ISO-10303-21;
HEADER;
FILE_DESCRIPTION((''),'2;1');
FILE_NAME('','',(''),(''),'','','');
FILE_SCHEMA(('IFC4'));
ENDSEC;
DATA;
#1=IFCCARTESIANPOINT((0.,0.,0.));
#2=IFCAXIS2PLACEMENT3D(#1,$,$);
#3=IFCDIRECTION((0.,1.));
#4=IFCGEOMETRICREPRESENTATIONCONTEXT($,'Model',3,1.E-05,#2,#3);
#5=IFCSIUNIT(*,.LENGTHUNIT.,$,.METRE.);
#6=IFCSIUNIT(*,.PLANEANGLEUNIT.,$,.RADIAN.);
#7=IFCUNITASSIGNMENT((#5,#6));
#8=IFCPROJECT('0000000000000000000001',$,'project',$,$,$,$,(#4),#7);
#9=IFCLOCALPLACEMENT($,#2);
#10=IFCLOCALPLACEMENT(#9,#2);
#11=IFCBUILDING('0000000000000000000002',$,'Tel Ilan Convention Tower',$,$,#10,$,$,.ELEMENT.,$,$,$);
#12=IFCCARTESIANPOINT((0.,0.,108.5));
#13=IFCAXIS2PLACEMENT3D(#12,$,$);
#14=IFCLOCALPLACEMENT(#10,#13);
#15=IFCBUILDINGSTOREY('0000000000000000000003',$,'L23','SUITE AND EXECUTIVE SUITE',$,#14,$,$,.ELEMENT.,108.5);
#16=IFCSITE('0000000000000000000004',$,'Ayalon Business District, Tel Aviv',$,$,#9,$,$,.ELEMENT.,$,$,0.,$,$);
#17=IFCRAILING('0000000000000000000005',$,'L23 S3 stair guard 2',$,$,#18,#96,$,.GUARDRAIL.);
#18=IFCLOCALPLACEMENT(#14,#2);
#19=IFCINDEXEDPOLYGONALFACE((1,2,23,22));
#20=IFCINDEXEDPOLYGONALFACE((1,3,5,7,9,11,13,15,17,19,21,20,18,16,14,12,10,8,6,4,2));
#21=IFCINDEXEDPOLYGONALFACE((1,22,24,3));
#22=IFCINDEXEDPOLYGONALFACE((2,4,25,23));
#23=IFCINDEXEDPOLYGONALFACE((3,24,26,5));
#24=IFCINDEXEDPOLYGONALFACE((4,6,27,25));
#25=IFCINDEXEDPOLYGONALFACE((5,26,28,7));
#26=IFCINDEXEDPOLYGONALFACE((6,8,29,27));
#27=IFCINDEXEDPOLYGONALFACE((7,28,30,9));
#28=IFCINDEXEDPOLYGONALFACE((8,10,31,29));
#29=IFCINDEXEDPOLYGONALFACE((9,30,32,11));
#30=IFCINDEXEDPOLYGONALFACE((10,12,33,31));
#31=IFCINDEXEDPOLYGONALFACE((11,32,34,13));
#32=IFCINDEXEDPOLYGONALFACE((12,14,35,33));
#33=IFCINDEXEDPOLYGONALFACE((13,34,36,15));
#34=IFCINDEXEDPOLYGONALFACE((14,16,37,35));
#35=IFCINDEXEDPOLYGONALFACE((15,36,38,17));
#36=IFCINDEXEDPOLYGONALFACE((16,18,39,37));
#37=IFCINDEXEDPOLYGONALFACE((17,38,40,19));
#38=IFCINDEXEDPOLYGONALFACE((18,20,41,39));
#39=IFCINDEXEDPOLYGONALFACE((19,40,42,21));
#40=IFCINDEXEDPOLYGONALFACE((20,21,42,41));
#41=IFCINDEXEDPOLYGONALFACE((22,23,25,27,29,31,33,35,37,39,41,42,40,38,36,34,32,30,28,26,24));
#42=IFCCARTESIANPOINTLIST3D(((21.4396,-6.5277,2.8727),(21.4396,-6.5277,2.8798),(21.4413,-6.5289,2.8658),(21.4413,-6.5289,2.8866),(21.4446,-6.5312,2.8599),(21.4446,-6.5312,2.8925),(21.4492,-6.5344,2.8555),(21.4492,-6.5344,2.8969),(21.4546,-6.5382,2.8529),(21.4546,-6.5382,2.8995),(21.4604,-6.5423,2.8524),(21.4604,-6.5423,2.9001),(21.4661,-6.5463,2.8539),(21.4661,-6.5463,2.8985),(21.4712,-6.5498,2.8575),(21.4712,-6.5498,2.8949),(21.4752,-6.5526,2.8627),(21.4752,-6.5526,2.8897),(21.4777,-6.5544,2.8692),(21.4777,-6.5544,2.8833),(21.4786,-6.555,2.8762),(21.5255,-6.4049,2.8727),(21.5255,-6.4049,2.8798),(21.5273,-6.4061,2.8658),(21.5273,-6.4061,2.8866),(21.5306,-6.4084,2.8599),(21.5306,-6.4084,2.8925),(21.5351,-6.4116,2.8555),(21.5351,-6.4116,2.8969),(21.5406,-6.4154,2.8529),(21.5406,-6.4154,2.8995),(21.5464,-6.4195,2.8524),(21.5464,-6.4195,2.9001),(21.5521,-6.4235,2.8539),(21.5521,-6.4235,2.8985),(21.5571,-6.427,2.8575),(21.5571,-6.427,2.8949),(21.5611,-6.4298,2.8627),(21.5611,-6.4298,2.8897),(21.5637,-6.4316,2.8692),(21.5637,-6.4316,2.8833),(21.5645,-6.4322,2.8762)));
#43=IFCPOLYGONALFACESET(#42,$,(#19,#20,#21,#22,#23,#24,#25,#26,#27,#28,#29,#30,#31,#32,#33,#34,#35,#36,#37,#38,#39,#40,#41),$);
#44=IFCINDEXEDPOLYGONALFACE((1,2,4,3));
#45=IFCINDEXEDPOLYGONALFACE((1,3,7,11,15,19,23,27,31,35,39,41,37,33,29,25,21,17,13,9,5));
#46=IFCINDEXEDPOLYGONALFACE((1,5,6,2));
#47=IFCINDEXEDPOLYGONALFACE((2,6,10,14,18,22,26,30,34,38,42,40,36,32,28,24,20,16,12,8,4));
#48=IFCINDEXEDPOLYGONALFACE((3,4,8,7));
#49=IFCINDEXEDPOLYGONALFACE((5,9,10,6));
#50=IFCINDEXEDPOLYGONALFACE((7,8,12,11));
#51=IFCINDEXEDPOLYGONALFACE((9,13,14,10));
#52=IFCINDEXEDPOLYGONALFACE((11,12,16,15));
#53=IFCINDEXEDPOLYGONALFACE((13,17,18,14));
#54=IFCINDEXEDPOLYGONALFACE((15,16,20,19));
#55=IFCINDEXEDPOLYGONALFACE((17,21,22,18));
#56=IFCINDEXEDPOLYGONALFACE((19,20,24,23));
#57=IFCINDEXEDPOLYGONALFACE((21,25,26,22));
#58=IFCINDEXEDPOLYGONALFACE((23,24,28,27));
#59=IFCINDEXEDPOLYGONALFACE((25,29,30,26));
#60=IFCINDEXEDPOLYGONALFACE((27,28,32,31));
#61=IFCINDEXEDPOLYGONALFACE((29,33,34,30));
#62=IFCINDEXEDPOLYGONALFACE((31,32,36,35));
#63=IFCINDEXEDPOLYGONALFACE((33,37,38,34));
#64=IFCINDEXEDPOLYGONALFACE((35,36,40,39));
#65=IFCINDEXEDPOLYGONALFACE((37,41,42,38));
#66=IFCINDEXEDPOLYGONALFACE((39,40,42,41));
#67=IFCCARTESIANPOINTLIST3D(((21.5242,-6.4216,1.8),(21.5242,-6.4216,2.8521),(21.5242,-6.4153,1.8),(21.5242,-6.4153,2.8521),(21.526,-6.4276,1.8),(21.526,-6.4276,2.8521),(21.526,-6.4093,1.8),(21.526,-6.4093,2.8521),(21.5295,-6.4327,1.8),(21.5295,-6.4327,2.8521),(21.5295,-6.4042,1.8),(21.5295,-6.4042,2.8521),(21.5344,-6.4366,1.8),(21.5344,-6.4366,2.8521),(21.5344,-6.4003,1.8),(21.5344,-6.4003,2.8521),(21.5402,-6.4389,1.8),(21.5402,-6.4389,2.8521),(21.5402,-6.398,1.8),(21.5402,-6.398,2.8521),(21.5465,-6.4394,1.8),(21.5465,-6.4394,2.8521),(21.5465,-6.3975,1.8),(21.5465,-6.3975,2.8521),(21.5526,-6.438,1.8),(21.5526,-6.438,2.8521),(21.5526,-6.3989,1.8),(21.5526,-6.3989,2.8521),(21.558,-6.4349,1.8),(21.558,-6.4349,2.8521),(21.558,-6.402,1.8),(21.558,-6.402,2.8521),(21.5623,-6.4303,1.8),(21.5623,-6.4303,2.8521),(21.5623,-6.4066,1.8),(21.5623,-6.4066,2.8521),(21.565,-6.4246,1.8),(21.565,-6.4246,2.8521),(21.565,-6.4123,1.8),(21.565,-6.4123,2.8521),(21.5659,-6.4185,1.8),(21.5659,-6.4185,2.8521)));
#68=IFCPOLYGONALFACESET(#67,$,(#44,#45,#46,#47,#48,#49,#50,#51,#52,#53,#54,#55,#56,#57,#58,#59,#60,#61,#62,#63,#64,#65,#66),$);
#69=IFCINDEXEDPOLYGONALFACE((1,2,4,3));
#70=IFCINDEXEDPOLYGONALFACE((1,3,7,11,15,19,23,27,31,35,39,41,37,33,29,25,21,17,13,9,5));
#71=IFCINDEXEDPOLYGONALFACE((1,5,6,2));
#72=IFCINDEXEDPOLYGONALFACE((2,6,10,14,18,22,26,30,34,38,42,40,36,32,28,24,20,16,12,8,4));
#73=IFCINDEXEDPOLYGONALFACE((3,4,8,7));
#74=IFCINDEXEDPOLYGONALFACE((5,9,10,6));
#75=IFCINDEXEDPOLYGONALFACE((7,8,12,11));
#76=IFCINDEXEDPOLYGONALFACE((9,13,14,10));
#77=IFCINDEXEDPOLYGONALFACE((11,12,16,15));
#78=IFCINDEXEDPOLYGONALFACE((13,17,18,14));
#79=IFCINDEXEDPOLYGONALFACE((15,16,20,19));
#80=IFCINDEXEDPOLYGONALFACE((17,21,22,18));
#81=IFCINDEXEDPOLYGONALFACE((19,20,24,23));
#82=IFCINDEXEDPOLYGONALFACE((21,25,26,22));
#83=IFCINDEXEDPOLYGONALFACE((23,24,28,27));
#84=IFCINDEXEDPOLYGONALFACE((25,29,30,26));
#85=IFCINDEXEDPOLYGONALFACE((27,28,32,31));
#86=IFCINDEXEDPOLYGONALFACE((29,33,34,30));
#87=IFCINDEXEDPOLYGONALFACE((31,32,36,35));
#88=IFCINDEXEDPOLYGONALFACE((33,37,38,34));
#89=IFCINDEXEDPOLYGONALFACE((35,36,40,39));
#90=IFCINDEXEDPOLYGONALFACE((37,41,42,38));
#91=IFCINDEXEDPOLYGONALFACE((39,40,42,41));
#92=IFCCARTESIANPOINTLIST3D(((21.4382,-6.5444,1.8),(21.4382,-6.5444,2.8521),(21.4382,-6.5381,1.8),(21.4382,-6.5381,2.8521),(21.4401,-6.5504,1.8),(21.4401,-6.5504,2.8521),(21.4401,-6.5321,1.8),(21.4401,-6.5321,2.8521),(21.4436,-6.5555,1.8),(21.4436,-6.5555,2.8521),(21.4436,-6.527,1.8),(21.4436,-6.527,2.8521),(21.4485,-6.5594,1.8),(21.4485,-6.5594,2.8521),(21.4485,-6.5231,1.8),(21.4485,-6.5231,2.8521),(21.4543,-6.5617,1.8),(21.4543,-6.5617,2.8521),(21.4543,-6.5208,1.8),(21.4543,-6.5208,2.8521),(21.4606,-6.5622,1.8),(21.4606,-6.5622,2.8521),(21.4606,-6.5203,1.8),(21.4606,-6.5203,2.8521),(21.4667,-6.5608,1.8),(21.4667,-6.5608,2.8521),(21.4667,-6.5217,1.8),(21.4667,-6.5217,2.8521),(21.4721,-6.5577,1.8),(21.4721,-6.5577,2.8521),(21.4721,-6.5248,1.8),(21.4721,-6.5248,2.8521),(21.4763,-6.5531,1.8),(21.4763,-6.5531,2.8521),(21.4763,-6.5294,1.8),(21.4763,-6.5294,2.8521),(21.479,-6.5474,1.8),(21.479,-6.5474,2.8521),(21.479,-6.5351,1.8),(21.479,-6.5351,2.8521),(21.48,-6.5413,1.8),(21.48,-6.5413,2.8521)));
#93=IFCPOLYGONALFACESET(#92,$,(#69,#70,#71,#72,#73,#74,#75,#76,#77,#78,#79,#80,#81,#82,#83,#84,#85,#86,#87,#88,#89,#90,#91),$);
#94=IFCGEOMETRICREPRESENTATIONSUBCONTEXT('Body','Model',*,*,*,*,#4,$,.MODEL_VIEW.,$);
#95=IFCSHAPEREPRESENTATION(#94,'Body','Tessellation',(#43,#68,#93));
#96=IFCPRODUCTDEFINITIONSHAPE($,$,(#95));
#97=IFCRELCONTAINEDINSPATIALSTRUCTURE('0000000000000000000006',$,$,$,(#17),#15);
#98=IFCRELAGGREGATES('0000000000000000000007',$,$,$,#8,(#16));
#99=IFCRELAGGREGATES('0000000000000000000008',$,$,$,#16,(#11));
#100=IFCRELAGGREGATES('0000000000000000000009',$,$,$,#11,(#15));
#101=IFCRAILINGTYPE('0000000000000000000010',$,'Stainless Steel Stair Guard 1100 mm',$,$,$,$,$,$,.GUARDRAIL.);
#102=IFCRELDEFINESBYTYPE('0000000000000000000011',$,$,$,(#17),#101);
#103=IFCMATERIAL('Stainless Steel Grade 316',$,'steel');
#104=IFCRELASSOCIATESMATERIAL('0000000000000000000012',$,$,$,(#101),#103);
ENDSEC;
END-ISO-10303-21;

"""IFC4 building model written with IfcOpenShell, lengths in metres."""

from ifc_helpers import new_model, si_unit, direction, frame, origin, origin_2d, place, context, subcontext, project, spatial, circle, extrude, material, type_object, element, save


model = new_model("IFC4")

# Units and contexts
model_context = context("Model", 3, precision=1e-05, world=origin(), true_north=direction((0.0, 1.0)))
body_context = subcontext(model_context, "Body", "Model", "MODEL_VIEW")
ifc_project = project(units=[si_unit("LENGTHUNIT", "METRE"), si_unit("PLANEANGLEUNIT", "RADIAN")], contexts=[model_context])

# Site, building, storey
site_placement = place(None, origin())
site = spatial("IfcSite", under=ifc_project, at=site_placement, Name="Ayalon Business District, Tel Aviv", CompositionType="ELEMENT", RefElevation=0.0)
building_placement = place(site_placement, origin())
building = spatial("IfcBuilding", under=site, at=building_placement, Name="Tel Ilan Convention Tower", CompositionType="ELEMENT")
storey_placement = place(building_placement, frame((0.0, 0.0, 108.5)))
storey = spatial("IfcBuildingStorey", under=building, at=storey_placement, Name="L23", Description="SUITE AND EXECUTIVE SUITE", CompositionType="ELEMENT", Elevation=108.5)

# Railing
ifc_material_1 = material(Name="Stainless Steel Grade 316", Category="steel")
railing_type_1 = type_object("IfcRailingType", Name="Stainless Steel Stair Guard 1100 mm", PredefinedType="GUARDRAIL", material=ifc_material_1)
railing_1_placement = place(storey_placement, frame((21.5449, -6.4185, 1.8)))
element("IfcRailing", 1, at=railing_1_placement, inside=storey, type_object=railing_type_1, Name="L23 S3 stair guard 2", PredefinedType="GUARDRAIL", context=body_context, shape_type="SweptSolid", body=[
    extrude(circle(Radius=0.0239, at=origin_2d()), frame((0.0, 0.0, 1.0762), z_axis=(-0.573353, -0.819308, 0.0), x_axis=(0.819308, -0.573353, 0.0)), (0.0, 0.0, 1.0), 0.1499),
    extrude(circle(Radius=0.021, at=origin_2d()), origin(), (0.0, 0.0, 1.0), 1.052),
    extrude(circle(Radius=0.021, at=origin_2d()), frame((-0.0859, -0.1228, 0.0)), (0.0, 0.0, 1.0), 1.052),
])

save(model, "model.ifc")
